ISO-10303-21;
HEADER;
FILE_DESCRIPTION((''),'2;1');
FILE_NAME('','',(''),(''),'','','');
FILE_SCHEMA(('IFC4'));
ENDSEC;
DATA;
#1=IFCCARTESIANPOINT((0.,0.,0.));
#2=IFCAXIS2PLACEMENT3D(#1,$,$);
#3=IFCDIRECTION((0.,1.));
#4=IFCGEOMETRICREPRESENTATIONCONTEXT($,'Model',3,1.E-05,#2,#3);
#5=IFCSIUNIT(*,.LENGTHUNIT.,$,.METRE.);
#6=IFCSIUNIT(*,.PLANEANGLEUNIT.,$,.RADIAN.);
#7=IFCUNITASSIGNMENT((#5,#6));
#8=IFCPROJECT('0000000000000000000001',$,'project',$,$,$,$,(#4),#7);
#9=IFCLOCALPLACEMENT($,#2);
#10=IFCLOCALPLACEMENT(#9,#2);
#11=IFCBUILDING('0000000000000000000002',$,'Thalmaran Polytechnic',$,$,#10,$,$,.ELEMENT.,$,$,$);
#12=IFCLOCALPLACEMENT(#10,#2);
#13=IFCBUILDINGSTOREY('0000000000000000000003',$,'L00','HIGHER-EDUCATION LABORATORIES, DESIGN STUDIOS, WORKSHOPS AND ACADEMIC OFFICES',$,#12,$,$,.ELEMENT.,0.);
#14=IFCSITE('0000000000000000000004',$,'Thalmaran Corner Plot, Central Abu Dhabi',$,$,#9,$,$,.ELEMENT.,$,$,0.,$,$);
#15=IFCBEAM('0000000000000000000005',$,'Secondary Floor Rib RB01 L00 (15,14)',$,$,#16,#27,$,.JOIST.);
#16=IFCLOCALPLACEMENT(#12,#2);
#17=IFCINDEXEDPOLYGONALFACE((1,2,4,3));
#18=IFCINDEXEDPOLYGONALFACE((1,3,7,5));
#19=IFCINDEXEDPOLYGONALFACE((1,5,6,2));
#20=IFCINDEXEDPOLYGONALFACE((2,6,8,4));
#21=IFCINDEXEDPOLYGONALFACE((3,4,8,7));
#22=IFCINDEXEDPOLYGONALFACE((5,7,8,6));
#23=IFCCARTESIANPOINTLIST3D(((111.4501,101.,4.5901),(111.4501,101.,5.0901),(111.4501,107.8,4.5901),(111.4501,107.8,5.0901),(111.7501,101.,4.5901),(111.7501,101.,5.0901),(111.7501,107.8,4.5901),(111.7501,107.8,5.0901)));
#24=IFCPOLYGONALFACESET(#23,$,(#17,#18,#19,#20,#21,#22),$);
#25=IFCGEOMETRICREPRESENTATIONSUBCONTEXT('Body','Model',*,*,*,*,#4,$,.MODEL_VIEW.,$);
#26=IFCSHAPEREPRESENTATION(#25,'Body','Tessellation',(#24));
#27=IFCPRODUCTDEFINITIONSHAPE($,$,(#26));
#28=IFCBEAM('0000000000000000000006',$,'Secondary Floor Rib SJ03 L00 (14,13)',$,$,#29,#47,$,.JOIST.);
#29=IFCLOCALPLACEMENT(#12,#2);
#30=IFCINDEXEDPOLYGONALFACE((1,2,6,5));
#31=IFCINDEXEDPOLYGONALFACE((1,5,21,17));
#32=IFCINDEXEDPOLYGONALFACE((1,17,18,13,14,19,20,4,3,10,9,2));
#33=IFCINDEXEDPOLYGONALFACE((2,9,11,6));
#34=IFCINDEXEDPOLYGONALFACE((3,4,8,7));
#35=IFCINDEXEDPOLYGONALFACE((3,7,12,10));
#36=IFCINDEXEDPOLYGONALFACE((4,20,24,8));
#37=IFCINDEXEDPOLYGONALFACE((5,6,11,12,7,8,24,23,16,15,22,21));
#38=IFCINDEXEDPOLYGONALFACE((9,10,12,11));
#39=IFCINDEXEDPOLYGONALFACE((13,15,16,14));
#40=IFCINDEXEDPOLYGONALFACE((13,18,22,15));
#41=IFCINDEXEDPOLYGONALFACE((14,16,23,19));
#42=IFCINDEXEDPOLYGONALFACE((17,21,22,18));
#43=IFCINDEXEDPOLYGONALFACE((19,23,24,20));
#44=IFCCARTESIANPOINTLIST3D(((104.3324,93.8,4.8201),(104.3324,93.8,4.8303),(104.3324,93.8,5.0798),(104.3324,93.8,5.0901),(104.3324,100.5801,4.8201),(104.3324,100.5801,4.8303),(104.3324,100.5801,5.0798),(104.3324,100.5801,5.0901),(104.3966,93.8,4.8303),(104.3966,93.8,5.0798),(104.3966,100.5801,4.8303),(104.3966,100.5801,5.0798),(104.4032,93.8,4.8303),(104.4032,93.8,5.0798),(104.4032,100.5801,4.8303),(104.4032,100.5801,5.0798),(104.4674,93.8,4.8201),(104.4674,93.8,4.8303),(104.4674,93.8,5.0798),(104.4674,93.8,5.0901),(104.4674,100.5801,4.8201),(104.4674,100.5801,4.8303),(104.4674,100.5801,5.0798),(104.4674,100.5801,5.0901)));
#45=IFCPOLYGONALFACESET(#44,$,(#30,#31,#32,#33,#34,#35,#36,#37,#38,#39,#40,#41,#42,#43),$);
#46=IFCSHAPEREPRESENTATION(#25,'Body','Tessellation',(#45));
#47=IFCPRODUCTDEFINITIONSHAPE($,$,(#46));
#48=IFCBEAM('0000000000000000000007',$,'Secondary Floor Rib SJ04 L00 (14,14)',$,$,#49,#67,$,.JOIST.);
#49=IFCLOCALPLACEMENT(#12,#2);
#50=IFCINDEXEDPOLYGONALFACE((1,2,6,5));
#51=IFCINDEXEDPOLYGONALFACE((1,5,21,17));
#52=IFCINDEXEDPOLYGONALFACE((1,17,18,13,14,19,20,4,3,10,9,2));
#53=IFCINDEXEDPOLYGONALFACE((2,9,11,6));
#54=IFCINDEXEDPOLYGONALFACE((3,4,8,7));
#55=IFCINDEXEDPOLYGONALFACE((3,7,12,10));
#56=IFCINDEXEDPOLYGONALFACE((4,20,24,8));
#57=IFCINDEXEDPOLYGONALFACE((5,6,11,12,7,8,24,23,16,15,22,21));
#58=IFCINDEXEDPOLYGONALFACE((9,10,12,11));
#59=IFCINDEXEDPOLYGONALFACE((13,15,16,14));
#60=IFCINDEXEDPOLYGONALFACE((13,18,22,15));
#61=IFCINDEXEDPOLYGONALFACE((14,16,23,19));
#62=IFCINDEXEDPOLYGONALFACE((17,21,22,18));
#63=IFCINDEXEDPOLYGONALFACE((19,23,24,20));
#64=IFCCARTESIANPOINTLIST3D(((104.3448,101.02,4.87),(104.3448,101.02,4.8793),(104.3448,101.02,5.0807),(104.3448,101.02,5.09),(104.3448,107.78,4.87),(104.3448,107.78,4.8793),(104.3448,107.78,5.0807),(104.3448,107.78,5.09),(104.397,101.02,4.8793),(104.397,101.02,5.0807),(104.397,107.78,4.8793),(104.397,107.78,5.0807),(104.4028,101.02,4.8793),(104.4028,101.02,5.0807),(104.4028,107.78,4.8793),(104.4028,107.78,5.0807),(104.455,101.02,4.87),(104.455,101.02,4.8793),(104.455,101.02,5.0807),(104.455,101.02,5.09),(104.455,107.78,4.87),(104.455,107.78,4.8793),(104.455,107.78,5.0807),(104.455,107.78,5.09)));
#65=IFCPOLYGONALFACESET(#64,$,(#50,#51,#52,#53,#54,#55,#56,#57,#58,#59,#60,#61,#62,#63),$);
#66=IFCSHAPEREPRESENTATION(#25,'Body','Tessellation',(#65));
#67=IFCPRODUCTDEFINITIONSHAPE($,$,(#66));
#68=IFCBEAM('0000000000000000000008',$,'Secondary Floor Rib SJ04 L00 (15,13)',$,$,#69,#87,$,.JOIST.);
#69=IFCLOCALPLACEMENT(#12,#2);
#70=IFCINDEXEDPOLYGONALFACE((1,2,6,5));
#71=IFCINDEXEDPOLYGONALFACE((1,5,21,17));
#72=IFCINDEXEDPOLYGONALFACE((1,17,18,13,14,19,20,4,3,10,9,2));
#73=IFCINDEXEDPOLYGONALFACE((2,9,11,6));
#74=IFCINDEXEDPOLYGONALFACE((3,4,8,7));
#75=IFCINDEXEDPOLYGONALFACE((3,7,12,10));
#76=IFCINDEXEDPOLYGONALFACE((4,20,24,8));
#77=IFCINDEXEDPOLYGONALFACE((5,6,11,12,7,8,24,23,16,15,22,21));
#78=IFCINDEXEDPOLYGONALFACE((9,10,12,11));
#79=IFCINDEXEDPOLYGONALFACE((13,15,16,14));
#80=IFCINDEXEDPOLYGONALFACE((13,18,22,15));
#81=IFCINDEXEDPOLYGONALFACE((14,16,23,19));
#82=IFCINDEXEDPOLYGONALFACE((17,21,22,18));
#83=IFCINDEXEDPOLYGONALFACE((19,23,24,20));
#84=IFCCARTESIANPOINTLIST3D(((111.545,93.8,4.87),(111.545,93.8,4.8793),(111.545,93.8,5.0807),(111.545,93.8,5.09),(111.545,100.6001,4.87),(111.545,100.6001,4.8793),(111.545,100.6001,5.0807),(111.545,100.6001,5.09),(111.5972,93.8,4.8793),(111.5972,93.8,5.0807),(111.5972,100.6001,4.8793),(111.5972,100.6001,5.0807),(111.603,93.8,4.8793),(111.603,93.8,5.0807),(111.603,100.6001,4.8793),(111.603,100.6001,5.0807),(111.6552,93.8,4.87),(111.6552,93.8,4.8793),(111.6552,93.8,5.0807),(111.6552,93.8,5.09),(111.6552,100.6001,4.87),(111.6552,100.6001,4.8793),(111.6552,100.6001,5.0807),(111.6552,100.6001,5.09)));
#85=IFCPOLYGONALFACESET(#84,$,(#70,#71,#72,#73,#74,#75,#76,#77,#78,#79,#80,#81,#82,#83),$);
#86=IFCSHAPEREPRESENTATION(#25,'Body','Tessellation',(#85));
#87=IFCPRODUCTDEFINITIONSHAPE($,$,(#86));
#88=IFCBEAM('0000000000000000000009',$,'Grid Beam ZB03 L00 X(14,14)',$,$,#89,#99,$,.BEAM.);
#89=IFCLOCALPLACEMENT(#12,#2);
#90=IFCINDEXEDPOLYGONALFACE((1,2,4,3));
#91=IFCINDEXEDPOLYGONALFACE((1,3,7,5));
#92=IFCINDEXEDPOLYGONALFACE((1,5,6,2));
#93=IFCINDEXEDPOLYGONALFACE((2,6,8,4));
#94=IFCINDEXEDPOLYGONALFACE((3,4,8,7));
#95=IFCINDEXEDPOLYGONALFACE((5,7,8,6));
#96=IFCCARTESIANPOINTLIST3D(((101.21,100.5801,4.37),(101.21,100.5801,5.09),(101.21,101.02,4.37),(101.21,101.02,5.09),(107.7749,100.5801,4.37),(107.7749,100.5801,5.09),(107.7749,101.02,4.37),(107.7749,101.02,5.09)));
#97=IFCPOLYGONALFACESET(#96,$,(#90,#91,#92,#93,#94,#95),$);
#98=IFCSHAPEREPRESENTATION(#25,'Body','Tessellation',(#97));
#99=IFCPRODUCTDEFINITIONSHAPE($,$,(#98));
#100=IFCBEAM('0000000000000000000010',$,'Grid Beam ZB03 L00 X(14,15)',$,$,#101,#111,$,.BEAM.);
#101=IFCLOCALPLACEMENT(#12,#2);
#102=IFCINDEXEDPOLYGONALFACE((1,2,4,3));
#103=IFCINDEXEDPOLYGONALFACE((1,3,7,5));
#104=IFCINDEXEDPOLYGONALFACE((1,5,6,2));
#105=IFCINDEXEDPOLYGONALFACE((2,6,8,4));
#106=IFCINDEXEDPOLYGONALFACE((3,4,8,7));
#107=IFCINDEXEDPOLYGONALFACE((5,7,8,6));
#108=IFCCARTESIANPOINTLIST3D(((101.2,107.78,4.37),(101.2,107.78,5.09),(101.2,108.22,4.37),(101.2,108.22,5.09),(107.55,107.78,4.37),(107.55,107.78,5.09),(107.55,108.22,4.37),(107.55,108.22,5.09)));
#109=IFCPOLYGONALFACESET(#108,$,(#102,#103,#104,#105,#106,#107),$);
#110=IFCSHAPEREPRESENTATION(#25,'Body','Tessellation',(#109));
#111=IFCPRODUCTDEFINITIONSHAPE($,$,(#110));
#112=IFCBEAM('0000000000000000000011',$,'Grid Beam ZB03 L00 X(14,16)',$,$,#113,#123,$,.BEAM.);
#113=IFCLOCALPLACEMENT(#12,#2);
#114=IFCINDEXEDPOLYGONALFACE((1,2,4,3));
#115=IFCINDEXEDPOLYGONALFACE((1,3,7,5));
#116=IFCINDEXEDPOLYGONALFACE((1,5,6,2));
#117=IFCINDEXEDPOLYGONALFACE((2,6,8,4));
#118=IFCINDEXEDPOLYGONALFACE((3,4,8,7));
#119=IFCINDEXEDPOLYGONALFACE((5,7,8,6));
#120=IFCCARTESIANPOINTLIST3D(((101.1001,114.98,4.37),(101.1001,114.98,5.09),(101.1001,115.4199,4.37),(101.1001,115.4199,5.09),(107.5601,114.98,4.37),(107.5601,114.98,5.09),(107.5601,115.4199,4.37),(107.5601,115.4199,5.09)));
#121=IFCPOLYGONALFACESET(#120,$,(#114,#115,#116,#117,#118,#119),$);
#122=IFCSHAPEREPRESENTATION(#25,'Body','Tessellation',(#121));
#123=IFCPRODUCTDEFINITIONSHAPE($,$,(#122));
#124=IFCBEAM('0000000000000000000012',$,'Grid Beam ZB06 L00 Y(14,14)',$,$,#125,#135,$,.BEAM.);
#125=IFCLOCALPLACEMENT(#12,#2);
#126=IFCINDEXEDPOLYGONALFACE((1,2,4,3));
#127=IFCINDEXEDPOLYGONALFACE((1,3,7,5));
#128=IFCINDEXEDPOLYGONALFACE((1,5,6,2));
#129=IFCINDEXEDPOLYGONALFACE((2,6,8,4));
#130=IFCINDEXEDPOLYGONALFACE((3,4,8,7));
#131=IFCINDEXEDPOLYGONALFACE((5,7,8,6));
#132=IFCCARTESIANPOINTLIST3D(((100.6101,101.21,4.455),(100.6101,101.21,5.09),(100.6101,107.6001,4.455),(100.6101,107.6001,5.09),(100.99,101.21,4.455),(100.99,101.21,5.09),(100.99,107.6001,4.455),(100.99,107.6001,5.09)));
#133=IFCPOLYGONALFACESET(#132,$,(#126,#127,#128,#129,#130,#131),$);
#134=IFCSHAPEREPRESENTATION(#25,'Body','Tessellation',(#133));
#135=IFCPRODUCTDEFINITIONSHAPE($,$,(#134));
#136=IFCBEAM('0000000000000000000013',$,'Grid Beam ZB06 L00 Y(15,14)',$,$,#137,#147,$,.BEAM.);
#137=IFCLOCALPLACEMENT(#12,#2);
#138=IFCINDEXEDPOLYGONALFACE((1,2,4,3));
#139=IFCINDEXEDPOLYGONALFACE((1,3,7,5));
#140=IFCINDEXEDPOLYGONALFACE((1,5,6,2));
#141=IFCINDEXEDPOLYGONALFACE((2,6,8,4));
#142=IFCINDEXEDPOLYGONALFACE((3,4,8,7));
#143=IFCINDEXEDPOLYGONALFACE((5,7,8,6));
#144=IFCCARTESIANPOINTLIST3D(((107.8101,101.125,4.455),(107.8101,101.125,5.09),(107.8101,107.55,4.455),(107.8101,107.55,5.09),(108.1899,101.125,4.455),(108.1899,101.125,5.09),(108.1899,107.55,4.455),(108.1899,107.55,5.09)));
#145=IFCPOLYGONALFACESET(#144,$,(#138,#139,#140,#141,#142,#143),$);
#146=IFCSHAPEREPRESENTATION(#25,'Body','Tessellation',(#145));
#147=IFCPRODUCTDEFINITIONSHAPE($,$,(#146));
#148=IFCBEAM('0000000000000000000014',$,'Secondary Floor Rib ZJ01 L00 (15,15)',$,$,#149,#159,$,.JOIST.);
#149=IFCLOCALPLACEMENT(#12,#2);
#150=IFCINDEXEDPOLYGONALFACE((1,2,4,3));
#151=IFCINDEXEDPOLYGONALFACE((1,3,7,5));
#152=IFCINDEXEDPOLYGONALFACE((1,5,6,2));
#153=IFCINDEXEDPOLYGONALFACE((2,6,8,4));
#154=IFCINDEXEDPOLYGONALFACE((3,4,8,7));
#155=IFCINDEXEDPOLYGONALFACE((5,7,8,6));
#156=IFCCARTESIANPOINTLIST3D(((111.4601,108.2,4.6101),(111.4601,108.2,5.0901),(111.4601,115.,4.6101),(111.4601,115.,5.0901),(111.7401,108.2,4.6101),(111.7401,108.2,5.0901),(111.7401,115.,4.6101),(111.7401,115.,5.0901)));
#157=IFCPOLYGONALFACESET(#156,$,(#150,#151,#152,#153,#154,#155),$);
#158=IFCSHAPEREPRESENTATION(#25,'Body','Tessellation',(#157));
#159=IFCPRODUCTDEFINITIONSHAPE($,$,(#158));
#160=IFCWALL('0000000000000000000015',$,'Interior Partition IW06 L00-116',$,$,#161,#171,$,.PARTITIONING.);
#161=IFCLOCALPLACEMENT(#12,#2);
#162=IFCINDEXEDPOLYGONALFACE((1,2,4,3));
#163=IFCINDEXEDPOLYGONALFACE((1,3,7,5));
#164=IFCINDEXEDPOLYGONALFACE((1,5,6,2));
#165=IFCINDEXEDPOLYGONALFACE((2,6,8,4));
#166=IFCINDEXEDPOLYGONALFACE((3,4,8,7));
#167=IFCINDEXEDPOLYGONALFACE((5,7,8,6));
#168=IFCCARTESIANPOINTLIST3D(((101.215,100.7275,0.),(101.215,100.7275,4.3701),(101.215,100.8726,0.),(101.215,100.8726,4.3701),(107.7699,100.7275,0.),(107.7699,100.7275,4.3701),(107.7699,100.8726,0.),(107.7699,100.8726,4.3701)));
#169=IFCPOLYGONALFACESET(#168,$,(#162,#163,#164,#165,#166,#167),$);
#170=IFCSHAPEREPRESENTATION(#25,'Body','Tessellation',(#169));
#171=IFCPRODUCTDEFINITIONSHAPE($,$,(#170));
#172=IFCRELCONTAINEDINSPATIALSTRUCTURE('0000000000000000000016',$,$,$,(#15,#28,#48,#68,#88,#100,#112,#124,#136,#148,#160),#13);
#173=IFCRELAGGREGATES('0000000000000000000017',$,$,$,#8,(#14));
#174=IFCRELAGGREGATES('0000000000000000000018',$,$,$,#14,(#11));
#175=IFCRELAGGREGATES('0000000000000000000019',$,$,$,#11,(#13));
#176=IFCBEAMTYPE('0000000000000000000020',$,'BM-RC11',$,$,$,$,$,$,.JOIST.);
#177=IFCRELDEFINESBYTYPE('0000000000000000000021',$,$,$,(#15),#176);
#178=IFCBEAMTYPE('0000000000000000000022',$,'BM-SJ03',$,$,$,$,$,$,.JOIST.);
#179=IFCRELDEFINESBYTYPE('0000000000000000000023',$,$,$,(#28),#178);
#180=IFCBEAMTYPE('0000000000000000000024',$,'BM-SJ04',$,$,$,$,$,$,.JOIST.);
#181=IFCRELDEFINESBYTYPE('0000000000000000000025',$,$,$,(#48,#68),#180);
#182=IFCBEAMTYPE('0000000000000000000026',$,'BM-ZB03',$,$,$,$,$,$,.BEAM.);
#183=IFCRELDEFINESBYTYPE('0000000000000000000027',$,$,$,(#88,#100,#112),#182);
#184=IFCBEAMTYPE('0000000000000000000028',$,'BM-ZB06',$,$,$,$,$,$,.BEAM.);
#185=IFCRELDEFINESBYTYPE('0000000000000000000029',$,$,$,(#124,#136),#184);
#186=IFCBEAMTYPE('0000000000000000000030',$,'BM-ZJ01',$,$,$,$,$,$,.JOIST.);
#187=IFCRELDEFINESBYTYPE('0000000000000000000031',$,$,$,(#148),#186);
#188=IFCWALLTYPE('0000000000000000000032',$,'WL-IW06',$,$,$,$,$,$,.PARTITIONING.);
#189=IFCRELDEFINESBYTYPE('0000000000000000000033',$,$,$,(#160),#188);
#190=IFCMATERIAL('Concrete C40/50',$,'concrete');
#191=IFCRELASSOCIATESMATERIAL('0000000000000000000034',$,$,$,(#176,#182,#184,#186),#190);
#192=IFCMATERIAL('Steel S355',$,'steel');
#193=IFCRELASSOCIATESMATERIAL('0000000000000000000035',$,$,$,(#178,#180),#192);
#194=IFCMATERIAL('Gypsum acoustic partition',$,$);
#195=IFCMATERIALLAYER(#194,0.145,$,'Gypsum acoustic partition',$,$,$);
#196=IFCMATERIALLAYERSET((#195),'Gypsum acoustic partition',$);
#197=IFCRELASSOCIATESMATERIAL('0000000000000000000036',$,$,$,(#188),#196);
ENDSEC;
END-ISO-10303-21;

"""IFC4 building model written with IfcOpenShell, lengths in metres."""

from ifc_helpers import new_model, si_unit, direction, frame, frame_2d, origin, origin_2d, place, context, subcontext, project, spatial, rectangle, i_section, extrude, material, layer, layer_set, material_profile, profile_set, type_object, element, save


model = new_model("IFC4")

# Units and contexts
model_context = context("Model", 3, precision=1e-05, world=origin(), true_north=direction((0.0, 1.0)))
body_context = subcontext(model_context, "Body", "Model", "MODEL_VIEW")
ifc_project = project(units=[si_unit("LENGTHUNIT", "METRE"), si_unit("PLANEANGLEUNIT", "RADIAN")], contexts=[model_context])

# Site, building, storey
site_placement = place(None, origin())
site = spatial("IfcSite", under=ifc_project, at=site_placement, Name="Thalmaran Corner Plot, Central Abu Dhabi", CompositionType="ELEMENT", RefElevation=0.0)
building_placement = place(site_placement, origin())
building = spatial("IfcBuilding", under=site, at=building_placement, Name="Thalmaran Polytechnic", CompositionType="ELEMENT")
storey_placement = place(building_placement, origin())
storey = spatial("IfcBuildingStorey", under=building, at=storey_placement, Name="L00", Description="HIGHER-EDUCATION LABORATORIES, DESIGN STUDIOS, WORKSHOPS AND ACADEMIC OFFICES", CompositionType="ELEMENT", Elevation=0.0)

# Shared definitions
ifc_material_1 = material(Name="Concrete C40/50", Category="concrete")

# Beams
ifc_material_profile_1 = material_profile(ifc_material_1, rectangle(XDim=0.3, YDim=0.5, at=origin_2d()), Name="RC 300x500")
ifc_profile_set_1 = profile_set([ifc_material_profile_1], Name="Concrete C40/50")
beam_type_1 = type_object("IfcBeamType", Name="BM-RC11", PredefinedType="JOIST", material=ifc_profile_set_1)
beam_1_placement = place(storey_placement, frame((111.6001, 101.0, 4.8401), z_axis=(0.0, 1.0, 0.0), x_axis=(-1.0, 0.0, 0.0)))
element("IfcBeam", 1, at=beam_1_placement, inside=storey, type_object=beam_type_1, Name="Secondary Floor Rib RB01 L00 (15,14)", PredefinedType="JOIST", context=body_context, shape_type="SweptSolid", body=[
    extrude(rectangle(XDim=0.3, YDim=0.5, at=origin_2d()), origin(), (0.0, 0.0, 1.0), 6.8),
])
ifc_material_2 = material(Name="Steel S355", Category="steel")
ifc_material_profile_2 = material_profile(ifc_material_2, i_section(OverallWidth=0.135, OverallDepth=0.27, WebThickness=0.0066, FlangeThickness=0.0103, at=origin_2d()), Name="IPE 270")
ifc_profile_set_2 = profile_set([ifc_material_profile_2], Name="Steel S355")
beam_type_2 = type_object("IfcBeamType", Name="BM-SJ03", PredefinedType="JOIST", material=ifc_profile_set_2)
beam_2_placement = place(storey_placement, frame((104.3999, 93.8, 4.9551), z_axis=(0.0, 1.0, 0.0), x_axis=(-1.0, 0.0, 0.0)))
element("IfcBeam", 2, at=beam_2_placement, inside=storey, type_object=beam_type_2, Name="Secondary Floor Rib SJ03 L00 (14,13)", PredefinedType="JOIST", context=body_context, shape_type="SweptSolid", body=[
    extrude(i_section(OverallWidth=0.135, OverallDepth=0.27, WebThickness=0.0066, FlangeThickness=0.0103, at=origin_2d()), origin(), (0.0, 0.0, 1.0), 6.78),
])
ifc_material_profile_3 = material_profile(ifc_material_2, i_section(OverallWidth=0.1101, OverallDepth=0.22, WebThickness=0.0059, FlangeThickness=0.0093, at=origin_2d()), Name="IPE 220")
ifc_profile_set_3 = profile_set([ifc_material_profile_3], Name="Steel S355")
beam_type_3 = type_object("IfcBeamType", Name="BM-SJ04", PredefinedType="JOIST", material=ifc_profile_set_3)
beam_3_placement = place(storey_placement, frame((104.3999, 101.02, 4.98), z_axis=(0.0, 1.0, 0.0), x_axis=(-1.0, 0.0, 0.0)))
element("IfcBeam", 3, at=beam_3_placement, inside=storey, type_object=beam_type_3, Name="Secondary Floor Rib SJ04 L00 (14,14)", PredefinedType="JOIST", context=body_context, shape_type="SweptSolid", body=[
    extrude(i_section(OverallWidth=0.1101, OverallDepth=0.22, WebThickness=0.0059, FlangeThickness=0.0093, at=origin_2d()), origin(), (0.0, 0.0, 1.0), 6.76),
])
beam_4_placement = place(storey_placement, frame((111.6001, 93.8, 4.98), z_axis=(0.0, 1.0, 0.0), x_axis=(-1.0, 0.0, 0.0)))
element("IfcBeam", 4, at=beam_4_placement, inside=storey, type_object=beam_type_3, Name="Secondary Floor Rib SJ04 L00 (15,13)", PredefinedType="JOIST", context=body_context, shape_type="SweptSolid", body=[
    extrude(i_section(OverallWidth=0.1101, OverallDepth=0.22, WebThickness=0.0059, FlangeThickness=0.0093, at=origin_2d()), origin(), (0.0, 0.0, 1.0), 6.8),
])
ifc_material_profile_4 = material_profile(ifc_material_1, rectangle(XDim=0.4399, YDim=0.72, at=origin_2d()), Name="RC 440x720")
ifc_profile_set_4 = profile_set([ifc_material_profile_4], Name="Concrete C40/50")
beam_type_4 = type_object("IfcBeamType", Name="BM-ZB03", PredefinedType="BEAM", material=ifc_profile_set_4)
beam_5_placement = place(storey_placement, frame((101.21, 100.8, 4.73), z_axis=(1.0, 0.0, 0.0), x_axis=(0.0, 1.0, 0.0)))
element("IfcBeam", 5, at=beam_5_placement, inside=storey, type_object=beam_type_4, Name="Grid Beam ZB03 L00 X(14,14)", PredefinedType="BEAM", context=body_context, shape_type="SweptSolid", body=[
    extrude(rectangle(XDim=0.4399, YDim=0.72, at=origin_2d()), origin(), (0.0, 0.0, 1.0), 6.5649),
])
beam_6_placement = place(storey_placement, frame((101.2, 108.0, 4.73), z_axis=(1.0, 0.0, 0.0), x_axis=(0.0, 1.0, 0.0)))
element("IfcBeam", 6, at=beam_6_placement, inside=storey, type_object=beam_type_4, Name="Grid Beam ZB03 L00 X(14,15)", PredefinedType="BEAM", context=body_context, shape_type="SweptSolid", body=[
    extrude(rectangle(XDim=0.4399, YDim=0.72, at=origin_2d()), origin(), (0.0, 0.0, 1.0), 6.3501),
])
beam_7_placement = place(storey_placement, frame((101.1001, 115.2, 4.73), z_axis=(1.0, 0.0, 0.0), x_axis=(0.0, 1.0, 0.0)))
element("IfcBeam", 7, at=beam_7_placement, inside=storey, type_object=beam_type_4, Name="Grid Beam ZB03 L00 X(14,16)", PredefinedType="BEAM", context=body_context, shape_type="SweptSolid", body=[
    extrude(rectangle(XDim=0.4399, YDim=0.72, at=origin_2d()), origin(), (0.0, 0.0, 1.0), 6.46),
])
ifc_material_profile_5 = material_profile(ifc_material_1, rectangle(XDim=0.3799, YDim=0.635, at=origin_2d()), Name="RC 380x635")
ifc_profile_set_5 = profile_set([ifc_material_profile_5], Name="Concrete C40/50")
beam_type_5 = type_object("IfcBeamType", Name="BM-ZB06", PredefinedType="BEAM", material=ifc_profile_set_5)
beam_8_placement = place(storey_placement, frame((100.8, 101.21, 4.7725), z_axis=(0.0, 1.0, 0.0), x_axis=(-1.0, 0.0, 0.0)))
element("IfcBeam", 8, at=beam_8_placement, inside=storey, type_object=beam_type_5, Name="Grid Beam ZB06 L00 Y(14,14)", PredefinedType="BEAM", context=body_context, shape_type="SweptSolid", body=[
    extrude(rectangle(XDim=0.3799, YDim=0.635, at=origin_2d()), origin(), (0.0, 0.0, 1.0), 6.3901),
])
beam_9_placement = place(storey_placement, frame((108.0, 101.125, 4.7725), z_axis=(0.0, 1.0, 0.0), x_axis=(-1.0, 0.0, 0.0)))
element("IfcBeam", 9, at=beam_9_placement, inside=storey, type_object=beam_type_5, Name="Grid Beam ZB06 L00 Y(15,14)", PredefinedType="BEAM", context=body_context, shape_type="SweptSolid", body=[
    extrude(rectangle(XDim=0.3799, YDim=0.635, at=origin_2d()), origin(), (0.0, 0.0, 1.0), 6.425),
])
ifc_material_profile_6 = material_profile(ifc_material_1, rectangle(XDim=0.28, YDim=0.48, at=origin_2d()), Name="RC 280x480")
ifc_profile_set_6 = profile_set([ifc_material_profile_6], Name="Concrete C40/50")
beam_type_6 = type_object("IfcBeamType", Name="BM-ZJ01", PredefinedType="JOIST", material=ifc_profile_set_6)
beam_10_placement = place(storey_placement, frame((111.6001, 108.2, 4.8501), z_axis=(0.0, 1.0, 0.0), x_axis=(-1.0, 0.0, 0.0)))
element("IfcBeam", 10, at=beam_10_placement, inside=storey, type_object=beam_type_6, Name="Secondary Floor Rib ZJ01 L00 (15,15)", PredefinedType="JOIST", context=body_context, shape_type="SweptSolid", body=[
    extrude(rectangle(XDim=0.28, YDim=0.48, at=origin_2d()), origin(), (0.0, 0.0, 1.0), 6.8),
])

# Wall
ifc_material_3 = material(Name="Gypsum acoustic partition")
ifc_layer_1 = layer(ifc_material_3, 0.145, Name="Gypsum acoustic partition")
ifc_layer_set_1 = layer_set([ifc_layer_1], Name="Gypsum acoustic partition")
wall_type_1 = type_object("IfcWallType", Name="WL-IW06", PredefinedType="PARTITIONING", material=ifc_layer_set_1)
wall_1_placement = place(storey_placement, frame((101.2151, 100.8, 0.0), z_axis=(0.0, 0.0, 1.0), x_axis=(1.0, 0.0, 0.0)))
element("IfcWall", 11, at=wall_1_placement, inside=storey, type_object=wall_type_1, Name="Interior Partition IW06 L00-116", PredefinedType="PARTITIONING", context=body_context, shape_type="SweptSolid", body=[
    extrude(rectangle(XDim=6.5549, YDim=0.145, at=frame_2d((3.2773, 0.0))), origin(), (0.0, 0.0, 1.0), 4.3701),
])

save(model, "model.ifc")
